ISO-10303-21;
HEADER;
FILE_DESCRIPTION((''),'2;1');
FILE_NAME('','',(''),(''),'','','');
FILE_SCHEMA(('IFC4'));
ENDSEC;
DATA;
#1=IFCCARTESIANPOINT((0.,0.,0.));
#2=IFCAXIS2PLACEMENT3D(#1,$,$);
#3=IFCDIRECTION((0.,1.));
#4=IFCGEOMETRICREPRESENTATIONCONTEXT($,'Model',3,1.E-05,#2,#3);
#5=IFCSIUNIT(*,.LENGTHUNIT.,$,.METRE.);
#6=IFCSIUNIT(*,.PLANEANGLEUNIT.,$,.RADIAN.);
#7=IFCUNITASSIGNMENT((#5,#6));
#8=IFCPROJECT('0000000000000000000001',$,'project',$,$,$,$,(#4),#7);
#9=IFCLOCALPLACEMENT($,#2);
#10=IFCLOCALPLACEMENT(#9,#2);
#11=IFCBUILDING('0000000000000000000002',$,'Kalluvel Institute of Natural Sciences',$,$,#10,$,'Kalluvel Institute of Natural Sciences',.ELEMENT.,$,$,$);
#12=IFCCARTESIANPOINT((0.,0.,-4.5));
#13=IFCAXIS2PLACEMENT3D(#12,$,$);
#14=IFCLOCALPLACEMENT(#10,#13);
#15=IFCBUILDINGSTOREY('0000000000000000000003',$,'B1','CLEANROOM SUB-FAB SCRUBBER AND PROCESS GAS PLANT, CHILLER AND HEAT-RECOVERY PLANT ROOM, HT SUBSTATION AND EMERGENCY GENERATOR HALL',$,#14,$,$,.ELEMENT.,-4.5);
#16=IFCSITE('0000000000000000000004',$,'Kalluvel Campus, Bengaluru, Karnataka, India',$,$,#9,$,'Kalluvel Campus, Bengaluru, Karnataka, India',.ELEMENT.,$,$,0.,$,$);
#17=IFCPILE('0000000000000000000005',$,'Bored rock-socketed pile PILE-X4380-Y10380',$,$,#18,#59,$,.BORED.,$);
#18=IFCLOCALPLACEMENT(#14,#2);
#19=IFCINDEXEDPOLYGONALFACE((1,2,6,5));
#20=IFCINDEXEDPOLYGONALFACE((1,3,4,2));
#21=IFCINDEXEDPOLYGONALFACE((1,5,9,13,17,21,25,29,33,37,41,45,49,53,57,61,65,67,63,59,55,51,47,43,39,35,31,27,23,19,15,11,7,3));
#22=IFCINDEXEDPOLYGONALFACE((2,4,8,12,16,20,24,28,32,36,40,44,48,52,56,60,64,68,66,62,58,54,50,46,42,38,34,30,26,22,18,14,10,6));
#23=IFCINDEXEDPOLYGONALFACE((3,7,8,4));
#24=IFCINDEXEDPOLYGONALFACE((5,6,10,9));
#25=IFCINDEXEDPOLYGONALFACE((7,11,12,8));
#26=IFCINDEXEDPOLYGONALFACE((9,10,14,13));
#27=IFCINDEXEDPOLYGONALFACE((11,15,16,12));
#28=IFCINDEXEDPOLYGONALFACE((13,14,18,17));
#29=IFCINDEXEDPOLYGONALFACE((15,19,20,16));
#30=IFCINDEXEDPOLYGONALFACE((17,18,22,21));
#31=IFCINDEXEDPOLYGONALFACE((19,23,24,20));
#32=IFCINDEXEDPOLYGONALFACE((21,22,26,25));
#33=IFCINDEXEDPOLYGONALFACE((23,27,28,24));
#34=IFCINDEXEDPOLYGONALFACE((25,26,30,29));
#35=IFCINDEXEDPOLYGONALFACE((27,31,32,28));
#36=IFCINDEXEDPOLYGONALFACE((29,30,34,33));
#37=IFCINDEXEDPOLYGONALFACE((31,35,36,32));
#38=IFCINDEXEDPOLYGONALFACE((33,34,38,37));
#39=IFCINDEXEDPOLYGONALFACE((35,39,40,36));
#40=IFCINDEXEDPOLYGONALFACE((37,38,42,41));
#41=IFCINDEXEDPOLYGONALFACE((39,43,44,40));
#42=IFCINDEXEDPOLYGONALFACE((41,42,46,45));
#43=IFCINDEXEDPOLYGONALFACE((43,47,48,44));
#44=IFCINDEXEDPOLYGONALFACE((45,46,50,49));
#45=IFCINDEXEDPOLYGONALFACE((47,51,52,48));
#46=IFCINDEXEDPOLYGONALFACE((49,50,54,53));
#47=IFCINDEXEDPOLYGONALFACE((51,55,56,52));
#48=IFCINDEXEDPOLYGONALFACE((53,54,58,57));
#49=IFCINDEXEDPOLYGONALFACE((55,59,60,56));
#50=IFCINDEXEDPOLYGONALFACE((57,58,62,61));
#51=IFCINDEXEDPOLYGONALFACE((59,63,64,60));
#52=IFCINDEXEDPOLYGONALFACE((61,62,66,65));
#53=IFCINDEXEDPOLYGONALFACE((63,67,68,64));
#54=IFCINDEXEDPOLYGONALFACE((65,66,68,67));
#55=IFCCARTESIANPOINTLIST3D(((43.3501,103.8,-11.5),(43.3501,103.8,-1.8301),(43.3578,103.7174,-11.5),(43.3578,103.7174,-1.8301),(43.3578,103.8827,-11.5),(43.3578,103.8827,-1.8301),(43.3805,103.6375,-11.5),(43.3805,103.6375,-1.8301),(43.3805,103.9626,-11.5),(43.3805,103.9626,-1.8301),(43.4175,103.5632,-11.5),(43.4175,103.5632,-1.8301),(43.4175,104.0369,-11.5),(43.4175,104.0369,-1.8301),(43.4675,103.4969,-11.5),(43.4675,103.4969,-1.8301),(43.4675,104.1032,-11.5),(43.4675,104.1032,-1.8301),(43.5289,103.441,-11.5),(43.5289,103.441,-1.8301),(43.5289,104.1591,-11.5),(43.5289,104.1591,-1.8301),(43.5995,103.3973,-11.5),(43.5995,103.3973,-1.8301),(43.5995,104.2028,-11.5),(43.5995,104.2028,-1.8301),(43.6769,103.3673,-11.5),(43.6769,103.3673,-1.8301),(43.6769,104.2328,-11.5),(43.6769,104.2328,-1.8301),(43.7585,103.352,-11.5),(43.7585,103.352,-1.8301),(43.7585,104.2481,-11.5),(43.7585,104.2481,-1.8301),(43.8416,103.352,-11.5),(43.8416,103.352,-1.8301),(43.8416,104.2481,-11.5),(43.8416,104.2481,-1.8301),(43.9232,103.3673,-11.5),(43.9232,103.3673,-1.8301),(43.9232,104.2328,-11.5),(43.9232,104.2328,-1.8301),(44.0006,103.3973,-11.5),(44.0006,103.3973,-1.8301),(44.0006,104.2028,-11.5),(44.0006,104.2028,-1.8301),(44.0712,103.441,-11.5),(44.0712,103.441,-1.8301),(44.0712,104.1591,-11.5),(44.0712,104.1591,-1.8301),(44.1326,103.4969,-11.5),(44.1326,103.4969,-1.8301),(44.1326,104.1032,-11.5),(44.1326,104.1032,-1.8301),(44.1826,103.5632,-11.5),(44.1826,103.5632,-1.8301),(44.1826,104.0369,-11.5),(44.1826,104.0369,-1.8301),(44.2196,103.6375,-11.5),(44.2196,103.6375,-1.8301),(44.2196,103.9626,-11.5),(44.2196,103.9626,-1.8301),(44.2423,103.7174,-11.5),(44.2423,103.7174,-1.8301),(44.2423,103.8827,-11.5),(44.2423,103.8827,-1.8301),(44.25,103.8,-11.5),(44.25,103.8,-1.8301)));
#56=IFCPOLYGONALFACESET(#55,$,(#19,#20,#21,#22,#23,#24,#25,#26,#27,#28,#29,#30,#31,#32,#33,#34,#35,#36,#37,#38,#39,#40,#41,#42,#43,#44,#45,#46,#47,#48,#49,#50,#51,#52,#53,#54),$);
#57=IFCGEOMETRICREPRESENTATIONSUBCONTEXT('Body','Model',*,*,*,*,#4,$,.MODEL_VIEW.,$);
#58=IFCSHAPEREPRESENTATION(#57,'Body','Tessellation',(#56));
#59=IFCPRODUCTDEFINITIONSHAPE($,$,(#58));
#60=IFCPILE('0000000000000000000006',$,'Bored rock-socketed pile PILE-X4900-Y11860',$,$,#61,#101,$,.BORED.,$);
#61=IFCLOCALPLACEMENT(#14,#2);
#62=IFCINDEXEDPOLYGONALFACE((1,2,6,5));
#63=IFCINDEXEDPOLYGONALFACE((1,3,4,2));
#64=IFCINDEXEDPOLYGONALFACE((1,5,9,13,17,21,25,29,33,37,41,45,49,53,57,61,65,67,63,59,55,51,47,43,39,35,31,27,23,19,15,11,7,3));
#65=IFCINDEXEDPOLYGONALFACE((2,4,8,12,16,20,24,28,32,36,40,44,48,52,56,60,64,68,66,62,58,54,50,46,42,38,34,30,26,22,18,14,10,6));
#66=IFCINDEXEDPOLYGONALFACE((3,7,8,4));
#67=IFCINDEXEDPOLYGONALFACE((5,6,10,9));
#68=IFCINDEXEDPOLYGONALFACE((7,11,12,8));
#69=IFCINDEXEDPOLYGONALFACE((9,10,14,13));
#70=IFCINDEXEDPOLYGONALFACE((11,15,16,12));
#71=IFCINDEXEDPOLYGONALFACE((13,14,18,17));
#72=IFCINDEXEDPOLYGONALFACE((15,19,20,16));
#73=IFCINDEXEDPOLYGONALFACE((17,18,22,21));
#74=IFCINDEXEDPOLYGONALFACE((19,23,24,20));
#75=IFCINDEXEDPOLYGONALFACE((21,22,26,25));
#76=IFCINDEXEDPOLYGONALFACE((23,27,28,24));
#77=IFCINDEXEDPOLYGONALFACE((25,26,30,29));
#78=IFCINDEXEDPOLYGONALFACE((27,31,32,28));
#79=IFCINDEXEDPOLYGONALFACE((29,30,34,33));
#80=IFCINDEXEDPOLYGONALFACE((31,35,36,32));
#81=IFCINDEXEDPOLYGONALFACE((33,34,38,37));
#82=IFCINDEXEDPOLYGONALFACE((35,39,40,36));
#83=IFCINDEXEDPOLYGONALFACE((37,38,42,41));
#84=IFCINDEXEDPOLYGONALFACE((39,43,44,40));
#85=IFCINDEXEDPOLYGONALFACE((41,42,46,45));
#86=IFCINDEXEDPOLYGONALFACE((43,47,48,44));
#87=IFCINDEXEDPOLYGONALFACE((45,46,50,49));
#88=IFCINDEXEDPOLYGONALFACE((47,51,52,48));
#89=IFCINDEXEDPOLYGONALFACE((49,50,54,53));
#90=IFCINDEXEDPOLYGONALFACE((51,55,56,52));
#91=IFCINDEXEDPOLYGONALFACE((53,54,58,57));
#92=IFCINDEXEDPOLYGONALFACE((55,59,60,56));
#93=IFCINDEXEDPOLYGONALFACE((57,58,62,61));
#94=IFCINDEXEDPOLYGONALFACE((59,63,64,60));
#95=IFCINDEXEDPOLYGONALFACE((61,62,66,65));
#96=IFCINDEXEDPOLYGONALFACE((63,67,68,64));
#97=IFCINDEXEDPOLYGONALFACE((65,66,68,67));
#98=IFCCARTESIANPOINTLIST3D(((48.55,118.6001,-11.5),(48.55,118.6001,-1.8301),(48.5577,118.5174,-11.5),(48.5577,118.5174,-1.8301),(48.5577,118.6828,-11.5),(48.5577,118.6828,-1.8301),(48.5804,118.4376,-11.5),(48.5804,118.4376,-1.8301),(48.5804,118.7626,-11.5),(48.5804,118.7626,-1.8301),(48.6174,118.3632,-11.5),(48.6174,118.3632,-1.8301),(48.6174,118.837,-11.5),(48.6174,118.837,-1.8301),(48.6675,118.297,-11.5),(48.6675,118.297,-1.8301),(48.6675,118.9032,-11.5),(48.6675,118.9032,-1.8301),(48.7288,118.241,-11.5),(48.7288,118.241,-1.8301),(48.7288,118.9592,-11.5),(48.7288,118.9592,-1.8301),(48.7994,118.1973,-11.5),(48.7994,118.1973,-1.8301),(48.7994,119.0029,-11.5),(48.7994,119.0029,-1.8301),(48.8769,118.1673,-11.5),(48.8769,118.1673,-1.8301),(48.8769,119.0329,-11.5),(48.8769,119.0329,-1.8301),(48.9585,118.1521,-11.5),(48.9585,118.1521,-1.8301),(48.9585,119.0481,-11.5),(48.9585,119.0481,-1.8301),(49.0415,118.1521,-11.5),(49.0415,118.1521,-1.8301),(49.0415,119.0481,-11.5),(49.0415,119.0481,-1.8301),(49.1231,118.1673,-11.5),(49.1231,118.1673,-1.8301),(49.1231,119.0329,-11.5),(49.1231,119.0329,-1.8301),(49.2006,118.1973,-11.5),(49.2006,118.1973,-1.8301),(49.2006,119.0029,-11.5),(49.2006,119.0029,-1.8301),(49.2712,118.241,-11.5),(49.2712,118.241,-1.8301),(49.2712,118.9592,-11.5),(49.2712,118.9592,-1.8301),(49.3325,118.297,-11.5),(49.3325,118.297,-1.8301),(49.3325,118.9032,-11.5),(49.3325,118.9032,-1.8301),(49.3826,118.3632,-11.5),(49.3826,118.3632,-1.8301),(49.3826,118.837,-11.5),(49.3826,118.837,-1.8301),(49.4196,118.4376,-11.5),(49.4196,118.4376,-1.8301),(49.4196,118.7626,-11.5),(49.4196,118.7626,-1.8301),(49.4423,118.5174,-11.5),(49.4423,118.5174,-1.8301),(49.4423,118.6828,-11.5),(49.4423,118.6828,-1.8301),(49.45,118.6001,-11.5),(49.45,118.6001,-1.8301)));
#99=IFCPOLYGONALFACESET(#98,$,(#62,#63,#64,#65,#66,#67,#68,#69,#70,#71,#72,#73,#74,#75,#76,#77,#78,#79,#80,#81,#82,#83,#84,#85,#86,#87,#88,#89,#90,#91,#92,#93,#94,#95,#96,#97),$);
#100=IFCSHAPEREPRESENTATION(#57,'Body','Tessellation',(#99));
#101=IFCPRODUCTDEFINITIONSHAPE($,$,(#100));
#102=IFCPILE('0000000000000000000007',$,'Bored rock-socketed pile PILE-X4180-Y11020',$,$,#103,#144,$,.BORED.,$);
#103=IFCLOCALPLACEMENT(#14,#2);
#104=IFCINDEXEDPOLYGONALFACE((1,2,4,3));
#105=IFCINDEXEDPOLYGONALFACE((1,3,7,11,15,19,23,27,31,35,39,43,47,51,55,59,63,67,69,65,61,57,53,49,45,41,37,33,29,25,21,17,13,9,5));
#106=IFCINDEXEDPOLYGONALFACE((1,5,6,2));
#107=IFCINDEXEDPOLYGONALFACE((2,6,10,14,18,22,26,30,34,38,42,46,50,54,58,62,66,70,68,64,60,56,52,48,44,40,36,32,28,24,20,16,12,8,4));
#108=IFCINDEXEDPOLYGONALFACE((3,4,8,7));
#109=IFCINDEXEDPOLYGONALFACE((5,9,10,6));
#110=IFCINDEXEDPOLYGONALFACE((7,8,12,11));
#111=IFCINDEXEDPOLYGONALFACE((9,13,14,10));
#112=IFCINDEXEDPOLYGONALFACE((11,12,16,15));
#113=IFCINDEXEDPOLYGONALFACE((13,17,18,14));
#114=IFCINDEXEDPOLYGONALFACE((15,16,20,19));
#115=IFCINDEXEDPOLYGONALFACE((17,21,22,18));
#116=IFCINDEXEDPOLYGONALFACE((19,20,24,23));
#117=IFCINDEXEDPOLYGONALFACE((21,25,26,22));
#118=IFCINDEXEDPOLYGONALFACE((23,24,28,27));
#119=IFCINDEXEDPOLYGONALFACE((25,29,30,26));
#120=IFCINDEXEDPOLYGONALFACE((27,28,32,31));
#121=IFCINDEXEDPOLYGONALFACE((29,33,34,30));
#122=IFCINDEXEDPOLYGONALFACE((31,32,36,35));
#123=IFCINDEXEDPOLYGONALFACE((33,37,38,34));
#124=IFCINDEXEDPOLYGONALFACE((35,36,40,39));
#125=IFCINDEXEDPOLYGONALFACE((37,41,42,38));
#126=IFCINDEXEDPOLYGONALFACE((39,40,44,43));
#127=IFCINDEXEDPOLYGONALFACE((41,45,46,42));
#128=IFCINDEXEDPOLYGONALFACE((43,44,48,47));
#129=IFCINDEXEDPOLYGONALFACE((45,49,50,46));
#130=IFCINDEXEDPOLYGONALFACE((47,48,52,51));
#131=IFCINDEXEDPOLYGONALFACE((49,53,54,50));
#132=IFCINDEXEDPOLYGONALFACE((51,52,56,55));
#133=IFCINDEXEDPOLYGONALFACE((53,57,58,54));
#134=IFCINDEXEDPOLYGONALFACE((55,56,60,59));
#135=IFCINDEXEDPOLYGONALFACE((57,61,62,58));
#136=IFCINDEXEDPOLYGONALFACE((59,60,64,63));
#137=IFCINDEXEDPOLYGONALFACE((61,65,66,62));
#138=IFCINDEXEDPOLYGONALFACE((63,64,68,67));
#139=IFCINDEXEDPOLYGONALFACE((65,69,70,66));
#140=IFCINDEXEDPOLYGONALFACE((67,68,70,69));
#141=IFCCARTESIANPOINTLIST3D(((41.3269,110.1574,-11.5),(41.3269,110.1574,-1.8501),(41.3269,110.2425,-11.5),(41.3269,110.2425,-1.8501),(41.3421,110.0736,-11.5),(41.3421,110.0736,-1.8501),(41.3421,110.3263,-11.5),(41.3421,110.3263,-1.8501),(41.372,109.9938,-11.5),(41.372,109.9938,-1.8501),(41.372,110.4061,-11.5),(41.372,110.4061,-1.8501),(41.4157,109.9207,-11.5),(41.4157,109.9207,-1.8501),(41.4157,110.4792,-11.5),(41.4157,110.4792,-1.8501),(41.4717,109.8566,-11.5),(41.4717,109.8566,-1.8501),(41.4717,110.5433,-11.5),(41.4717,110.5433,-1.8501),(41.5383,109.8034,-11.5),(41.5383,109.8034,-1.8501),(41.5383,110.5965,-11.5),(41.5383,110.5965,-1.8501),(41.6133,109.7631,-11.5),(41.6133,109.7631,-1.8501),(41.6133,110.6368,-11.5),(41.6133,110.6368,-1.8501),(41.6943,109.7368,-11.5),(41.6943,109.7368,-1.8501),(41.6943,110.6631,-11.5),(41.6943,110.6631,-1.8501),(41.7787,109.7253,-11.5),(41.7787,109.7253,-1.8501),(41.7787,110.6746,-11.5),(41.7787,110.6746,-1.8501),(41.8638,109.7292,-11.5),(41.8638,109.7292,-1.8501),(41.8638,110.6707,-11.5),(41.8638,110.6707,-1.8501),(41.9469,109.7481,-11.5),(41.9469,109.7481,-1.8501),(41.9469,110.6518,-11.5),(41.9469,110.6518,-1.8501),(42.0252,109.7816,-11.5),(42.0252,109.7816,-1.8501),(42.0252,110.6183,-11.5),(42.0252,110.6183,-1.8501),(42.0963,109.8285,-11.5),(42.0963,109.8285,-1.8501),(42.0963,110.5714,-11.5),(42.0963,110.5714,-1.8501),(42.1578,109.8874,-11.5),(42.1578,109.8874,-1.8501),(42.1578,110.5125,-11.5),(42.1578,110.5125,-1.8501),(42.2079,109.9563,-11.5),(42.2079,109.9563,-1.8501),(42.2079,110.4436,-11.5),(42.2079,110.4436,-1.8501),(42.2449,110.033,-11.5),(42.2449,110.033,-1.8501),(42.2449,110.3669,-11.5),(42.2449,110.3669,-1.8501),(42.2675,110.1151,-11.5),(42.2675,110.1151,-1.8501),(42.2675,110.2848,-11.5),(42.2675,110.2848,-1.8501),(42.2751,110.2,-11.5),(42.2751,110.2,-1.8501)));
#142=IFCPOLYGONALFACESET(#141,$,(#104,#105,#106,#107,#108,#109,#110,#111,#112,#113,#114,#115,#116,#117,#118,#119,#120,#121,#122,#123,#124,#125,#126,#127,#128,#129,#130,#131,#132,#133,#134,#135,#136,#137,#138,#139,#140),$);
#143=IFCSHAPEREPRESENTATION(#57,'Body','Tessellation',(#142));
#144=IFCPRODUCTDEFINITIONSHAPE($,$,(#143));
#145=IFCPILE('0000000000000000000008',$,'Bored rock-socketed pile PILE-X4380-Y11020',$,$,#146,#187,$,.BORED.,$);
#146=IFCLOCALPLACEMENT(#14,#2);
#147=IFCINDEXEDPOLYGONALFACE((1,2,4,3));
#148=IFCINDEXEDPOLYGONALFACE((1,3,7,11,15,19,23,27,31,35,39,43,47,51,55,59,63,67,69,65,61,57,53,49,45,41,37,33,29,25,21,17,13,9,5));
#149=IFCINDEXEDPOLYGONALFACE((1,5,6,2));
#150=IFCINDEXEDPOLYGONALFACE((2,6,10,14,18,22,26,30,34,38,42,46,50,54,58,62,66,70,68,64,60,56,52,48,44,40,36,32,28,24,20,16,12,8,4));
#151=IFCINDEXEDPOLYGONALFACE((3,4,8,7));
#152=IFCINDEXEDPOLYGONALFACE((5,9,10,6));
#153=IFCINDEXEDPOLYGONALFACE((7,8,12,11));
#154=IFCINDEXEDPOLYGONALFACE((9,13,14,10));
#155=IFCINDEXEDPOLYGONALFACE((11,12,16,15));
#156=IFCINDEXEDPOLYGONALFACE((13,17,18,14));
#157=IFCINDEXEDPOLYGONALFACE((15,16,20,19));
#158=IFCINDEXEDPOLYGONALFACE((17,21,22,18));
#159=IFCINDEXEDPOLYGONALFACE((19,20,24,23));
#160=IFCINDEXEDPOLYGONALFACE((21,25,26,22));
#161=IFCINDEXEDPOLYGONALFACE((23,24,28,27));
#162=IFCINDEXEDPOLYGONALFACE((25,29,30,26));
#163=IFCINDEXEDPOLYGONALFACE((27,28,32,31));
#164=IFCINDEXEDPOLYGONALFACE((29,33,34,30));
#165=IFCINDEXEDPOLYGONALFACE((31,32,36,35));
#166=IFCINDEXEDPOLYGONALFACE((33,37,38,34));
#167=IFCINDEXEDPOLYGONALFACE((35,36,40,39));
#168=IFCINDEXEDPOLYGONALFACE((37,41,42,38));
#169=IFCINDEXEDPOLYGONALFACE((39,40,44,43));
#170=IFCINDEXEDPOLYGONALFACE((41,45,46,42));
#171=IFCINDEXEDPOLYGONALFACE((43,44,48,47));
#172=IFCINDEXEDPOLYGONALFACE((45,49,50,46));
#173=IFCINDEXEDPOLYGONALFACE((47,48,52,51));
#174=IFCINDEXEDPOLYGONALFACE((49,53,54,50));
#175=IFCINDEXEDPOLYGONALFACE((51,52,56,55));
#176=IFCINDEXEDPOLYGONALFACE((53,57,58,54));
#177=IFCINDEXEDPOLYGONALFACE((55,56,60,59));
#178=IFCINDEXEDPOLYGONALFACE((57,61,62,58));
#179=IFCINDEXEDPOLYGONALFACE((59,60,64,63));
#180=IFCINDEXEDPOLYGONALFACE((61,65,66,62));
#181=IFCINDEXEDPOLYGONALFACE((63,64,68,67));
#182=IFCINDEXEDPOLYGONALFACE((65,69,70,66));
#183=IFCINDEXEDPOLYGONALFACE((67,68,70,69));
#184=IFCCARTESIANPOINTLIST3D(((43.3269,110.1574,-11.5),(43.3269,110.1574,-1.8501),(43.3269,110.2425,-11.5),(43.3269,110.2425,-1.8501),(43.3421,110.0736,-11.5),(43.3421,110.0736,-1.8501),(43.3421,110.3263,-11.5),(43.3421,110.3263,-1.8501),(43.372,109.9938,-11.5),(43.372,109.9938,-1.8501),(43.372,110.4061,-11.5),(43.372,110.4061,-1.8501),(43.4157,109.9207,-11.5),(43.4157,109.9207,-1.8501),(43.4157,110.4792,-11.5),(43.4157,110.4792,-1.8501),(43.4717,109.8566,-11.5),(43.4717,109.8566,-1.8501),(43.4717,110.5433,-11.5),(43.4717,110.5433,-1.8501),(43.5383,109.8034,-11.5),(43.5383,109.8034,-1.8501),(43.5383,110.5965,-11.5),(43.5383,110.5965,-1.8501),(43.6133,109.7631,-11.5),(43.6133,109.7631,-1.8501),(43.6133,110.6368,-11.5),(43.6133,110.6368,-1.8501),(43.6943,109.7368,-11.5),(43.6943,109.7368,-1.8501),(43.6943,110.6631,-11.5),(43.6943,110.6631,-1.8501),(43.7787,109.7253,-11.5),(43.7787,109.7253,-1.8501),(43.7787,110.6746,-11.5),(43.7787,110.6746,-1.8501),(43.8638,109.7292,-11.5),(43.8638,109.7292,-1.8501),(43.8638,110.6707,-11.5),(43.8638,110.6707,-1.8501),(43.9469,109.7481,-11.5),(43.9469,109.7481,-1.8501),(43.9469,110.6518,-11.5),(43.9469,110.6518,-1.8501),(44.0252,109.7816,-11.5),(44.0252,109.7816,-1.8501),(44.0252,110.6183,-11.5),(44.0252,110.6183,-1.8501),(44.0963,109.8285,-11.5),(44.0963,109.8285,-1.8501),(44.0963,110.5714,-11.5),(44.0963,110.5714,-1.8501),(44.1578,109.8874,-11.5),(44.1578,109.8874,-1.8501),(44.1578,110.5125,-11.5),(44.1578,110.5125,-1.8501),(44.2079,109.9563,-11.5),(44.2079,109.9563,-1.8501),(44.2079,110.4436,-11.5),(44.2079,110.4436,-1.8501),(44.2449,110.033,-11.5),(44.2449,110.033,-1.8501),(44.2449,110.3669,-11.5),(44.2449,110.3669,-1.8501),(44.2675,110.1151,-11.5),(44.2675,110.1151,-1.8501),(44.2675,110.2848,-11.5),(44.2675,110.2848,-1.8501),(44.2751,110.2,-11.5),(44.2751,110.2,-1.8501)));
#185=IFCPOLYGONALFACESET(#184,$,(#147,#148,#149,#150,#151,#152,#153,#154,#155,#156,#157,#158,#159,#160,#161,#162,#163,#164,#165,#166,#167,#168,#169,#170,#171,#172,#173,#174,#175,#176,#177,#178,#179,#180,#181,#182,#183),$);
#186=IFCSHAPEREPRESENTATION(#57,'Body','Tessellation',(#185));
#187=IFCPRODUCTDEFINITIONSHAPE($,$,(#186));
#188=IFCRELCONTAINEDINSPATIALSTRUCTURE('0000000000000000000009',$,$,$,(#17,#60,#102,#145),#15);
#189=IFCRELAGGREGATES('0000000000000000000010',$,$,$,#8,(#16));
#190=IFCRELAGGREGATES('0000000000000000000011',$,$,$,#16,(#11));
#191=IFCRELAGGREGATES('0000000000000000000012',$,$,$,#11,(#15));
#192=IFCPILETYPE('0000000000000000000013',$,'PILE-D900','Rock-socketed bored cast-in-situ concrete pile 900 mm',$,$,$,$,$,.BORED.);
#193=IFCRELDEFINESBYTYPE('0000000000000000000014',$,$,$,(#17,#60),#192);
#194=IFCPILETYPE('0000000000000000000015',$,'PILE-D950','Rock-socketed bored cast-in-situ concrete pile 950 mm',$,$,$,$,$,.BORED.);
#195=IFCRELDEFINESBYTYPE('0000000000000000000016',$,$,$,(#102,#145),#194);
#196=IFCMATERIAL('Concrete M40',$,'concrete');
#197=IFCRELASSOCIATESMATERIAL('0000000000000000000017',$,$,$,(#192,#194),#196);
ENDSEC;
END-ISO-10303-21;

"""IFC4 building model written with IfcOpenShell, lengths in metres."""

from ifc_helpers import new_model, si_unit, direction, frame, origin, origin_2d, place, context, subcontext, project, spatial, circle, extrude, material, material_profile, profile_set, type_object, element, save


model = new_model("IFC4")

# Units and contexts
model_context = context("Model", 3, precision=1e-05, world=origin(), true_north=direction((0.0, 1.0)))
body_context = subcontext(model_context, "Body", "Model", "MODEL_VIEW")
ifc_project = project(units=[si_unit("LENGTHUNIT", "METRE"), si_unit("PLANEANGLEUNIT", "RADIAN")], contexts=[model_context])

# Site, building, storey
site_placement = place(None, origin())
site = spatial("IfcSite", under=ifc_project, at=site_placement, Name="Kalluvel Campus, Bengaluru, Karnataka, India", LongName="Kalluvel Campus, Bengaluru, Karnataka, India", CompositionType="ELEMENT", RefElevation=0.0)
building_placement = place(site_placement, origin())
building = spatial("IfcBuilding", under=site, at=building_placement, Name="Kalluvel Institute of Natural Sciences", LongName="Kalluvel Institute of Natural Sciences", CompositionType="ELEMENT")
storey_placement = place(building_placement, frame((0.0, 0.0, -4.5)))
storey = spatial("IfcBuildingStorey", under=building, at=storey_placement, Name="B1", Description="CLEANROOM SUB-FAB SCRUBBER AND PROCESS GAS PLANT, CHILLER AND HEAT-RECOVERY PLANT ROOM, HT SUBSTATION AND EMERGENCY GENERATOR HALL", CompositionType="ELEMENT", Elevation=-4.5)

# Shared definitions
ifc_material_1 = material(Name="Concrete M40", Category="concrete")

# Piles
ifc_material_profile_1 = material_profile(ifc_material_1, circle(Radius=0.45, at=origin_2d()), Name="PILE D900")
ifc_profile_set_1 = profile_set([ifc_material_profile_1], Name="Concrete M40")
pile_type_1 = type_object("IfcPileType", Name="PILE-D900", Description="Rock-socketed bored cast-in-situ concrete pile 900 mm", PredefinedType="BORED", material=ifc_profile_set_1)
for number, where, z_axis, x_axis, name in (
    (1, (43.8, 103.8, -1.8301), (0.0, 0.0, -1.0), (1.0, 0.0, 0.0), "Bored rock-socketed pile PILE-X4380-Y10380"),
    (2, (49.0, 118.6001, -1.8301), (0.0, 0.0, -1.0), (1.0, 0.0, 0.0), "Bored rock-socketed pile PILE-X4900-Y11860"),
):
    element("IfcPile", number, at=place(storey_placement, frame(where, z_axis=z_axis, x_axis=x_axis)), inside=storey, type_object=pile_type_1, Name=name, PredefinedType="BORED", context=body_context, shape_type="SweptSolid", body=[
        extrude(circle(Radius=0.45, at=origin_2d()), origin(), (0.0, 0.0, 1.0), 9.6699),
    ])
ifc_material_profile_2 = material_profile(ifc_material_1, circle(Radius=0.4751, at=origin_2d()), Name="PILE D950")
ifc_profile_set_2 = profile_set([ifc_material_profile_2], Name="Concrete M40")
pile_type_2 = type_object("IfcPileType", Name="PILE-D950", Description="Rock-socketed bored cast-in-situ concrete pile 950 mm", PredefinedType="BORED", material=ifc_profile_set_2)
for number, where, z_axis, x_axis, name in (
    (3, (41.8, 110.2, -1.8501), (0.0, 0.0, -1.0), (1.0, 0.0, 0.0), "Bored rock-socketed pile PILE-X4180-Y11020"),
    (4, (43.8, 110.2, -1.8501), (0.0, 0.0, -1.0), (1.0, 0.0, 0.0), "Bored rock-socketed pile PILE-X4380-Y11020"),
):
    element("IfcPile", number, at=place(storey_placement, frame(where, z_axis=z_axis, x_axis=x_axis)), inside=storey, type_object=pile_type_2, Name=name, PredefinedType="BORED", context=body_context, shape_type="SweptSolid", body=[
        extrude(circle(Radius=0.4751, at=origin_2d()), origin(), (0.0, 0.0, 1.0), 9.6499),
    ])

save(model, "model.ifc")
